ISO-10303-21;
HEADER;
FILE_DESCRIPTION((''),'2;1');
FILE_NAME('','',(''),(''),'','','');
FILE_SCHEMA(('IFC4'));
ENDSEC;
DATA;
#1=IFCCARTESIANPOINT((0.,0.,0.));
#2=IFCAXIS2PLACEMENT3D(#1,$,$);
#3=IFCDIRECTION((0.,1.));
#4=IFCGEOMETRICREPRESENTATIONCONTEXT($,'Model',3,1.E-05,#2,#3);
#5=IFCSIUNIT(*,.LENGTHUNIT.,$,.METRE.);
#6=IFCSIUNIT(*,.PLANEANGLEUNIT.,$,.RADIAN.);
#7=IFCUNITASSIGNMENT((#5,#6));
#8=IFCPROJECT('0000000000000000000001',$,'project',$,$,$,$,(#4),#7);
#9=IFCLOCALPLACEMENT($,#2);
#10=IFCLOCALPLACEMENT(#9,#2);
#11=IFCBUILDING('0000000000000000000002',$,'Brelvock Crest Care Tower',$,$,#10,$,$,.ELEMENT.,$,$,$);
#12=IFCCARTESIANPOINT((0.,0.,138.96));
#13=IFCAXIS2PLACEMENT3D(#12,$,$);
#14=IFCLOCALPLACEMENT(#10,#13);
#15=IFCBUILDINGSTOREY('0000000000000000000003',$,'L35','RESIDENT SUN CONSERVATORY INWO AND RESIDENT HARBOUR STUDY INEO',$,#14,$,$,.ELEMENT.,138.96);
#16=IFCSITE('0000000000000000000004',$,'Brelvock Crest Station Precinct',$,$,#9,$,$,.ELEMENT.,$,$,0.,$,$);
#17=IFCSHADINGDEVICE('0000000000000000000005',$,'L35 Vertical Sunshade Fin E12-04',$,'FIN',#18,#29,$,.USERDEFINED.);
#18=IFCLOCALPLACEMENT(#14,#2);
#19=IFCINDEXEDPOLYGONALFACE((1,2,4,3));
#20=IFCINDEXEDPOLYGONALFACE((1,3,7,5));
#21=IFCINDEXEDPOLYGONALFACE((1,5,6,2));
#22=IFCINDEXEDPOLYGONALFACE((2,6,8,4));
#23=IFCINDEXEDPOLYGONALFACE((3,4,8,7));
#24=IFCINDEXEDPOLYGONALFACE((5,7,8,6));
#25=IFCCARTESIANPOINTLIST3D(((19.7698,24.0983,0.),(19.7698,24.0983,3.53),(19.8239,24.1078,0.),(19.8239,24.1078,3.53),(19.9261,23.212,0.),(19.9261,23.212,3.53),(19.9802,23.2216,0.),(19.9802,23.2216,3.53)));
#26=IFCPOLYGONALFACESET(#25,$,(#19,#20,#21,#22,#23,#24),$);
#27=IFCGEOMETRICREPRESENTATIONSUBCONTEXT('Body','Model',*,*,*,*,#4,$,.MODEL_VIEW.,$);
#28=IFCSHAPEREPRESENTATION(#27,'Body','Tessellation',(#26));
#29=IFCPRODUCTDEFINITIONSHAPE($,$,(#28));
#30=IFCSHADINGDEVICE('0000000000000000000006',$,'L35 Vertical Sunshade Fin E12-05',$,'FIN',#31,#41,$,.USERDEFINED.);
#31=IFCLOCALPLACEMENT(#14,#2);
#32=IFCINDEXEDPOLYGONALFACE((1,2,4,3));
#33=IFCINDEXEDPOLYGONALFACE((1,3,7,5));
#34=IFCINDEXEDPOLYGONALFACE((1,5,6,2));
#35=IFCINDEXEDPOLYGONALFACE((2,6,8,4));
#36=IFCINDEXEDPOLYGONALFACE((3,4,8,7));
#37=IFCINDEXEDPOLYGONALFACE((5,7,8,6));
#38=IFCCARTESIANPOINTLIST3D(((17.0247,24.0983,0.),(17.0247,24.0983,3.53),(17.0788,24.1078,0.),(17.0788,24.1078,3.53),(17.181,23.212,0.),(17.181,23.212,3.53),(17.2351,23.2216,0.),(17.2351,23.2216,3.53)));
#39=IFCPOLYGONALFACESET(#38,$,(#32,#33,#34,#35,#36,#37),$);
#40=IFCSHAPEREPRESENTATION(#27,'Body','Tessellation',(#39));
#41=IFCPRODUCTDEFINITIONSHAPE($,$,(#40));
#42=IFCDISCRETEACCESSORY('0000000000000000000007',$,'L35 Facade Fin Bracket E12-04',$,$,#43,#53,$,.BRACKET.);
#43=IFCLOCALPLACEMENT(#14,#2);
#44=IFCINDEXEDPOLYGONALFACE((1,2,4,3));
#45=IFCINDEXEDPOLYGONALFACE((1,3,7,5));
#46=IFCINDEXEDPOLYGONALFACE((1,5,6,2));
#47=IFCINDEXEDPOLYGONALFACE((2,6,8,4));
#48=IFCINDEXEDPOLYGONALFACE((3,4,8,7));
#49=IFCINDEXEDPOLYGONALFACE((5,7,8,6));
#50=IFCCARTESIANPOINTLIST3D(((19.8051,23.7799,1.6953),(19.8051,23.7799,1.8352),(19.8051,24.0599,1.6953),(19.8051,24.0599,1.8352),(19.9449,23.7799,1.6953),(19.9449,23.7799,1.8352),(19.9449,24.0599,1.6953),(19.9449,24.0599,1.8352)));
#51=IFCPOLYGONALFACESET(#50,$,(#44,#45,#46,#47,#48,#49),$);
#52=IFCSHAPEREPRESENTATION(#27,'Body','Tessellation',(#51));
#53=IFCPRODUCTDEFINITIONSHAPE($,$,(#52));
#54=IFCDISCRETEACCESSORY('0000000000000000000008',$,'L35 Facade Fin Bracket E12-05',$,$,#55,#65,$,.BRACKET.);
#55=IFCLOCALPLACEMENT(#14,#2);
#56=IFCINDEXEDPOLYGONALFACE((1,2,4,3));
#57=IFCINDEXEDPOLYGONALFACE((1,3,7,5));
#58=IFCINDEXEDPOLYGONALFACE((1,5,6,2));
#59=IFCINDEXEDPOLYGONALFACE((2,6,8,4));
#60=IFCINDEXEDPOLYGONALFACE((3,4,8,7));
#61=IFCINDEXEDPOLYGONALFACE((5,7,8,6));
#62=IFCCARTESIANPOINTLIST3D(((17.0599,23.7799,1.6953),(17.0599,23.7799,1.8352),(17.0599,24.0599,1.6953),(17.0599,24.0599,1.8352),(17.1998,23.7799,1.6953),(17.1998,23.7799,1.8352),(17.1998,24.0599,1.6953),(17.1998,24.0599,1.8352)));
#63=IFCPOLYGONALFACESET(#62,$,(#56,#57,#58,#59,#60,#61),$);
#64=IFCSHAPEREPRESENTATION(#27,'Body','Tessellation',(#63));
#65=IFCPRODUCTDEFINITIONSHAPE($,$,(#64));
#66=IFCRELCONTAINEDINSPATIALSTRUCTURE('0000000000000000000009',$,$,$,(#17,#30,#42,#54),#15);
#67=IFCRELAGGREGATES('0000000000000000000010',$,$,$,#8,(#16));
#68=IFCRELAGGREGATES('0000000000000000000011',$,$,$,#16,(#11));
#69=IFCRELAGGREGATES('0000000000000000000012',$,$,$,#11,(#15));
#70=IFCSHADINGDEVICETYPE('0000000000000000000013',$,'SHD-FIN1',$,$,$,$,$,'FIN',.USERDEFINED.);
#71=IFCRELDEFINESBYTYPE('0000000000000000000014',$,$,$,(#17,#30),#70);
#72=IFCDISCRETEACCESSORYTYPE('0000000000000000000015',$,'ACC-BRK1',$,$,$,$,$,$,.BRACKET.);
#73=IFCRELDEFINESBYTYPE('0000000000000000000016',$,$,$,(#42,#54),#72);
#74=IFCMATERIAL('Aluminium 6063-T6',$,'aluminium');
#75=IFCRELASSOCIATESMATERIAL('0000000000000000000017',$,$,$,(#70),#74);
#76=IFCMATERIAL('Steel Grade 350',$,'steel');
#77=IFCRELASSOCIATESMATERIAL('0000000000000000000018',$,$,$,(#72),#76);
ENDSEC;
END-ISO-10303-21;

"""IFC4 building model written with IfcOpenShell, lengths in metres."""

from ifc_helpers import new_model, si_unit, direction, frame, origin, origin_2d, place, context, subcontext, project, spatial, rectangle, extrude, source, transform, mapped, material, material_profile, profile_set, type_object, element, save


model = new_model("IFC4")

# Units and contexts
model_context = context("Model", 3, precision=1e-05, world=origin(), true_north=direction((0.0, 1.0)))
body_context = subcontext(model_context, "Body", "Model", "MODEL_VIEW")
ifc_project = project(units=[si_unit("LENGTHUNIT", "METRE"), si_unit("PLANEANGLEUNIT", "RADIAN")], contexts=[model_context])

# Site, building, storey
site_placement = place(None, origin())
site = spatial("IfcSite", under=ifc_project, at=site_placement, Name="Brelvock Crest Station Precinct", CompositionType="ELEMENT", RefElevation=0.0)
building_placement = place(site_placement, origin())
building = spatial("IfcBuilding", under=site, at=building_placement, Name="Brelvock Crest Care Tower", CompositionType="ELEMENT")
storey_placement = place(building_placement, frame((0.0, 0.0, 138.96)))
storey = spatial("IfcBuildingStorey", under=building, at=storey_placement, Name="L35", Description="RESIDENT SUN CONSERVATORY INWO AND RESIDENT HARBOUR STUDY INEO", CompositionType="ELEMENT", Elevation=138.96)

# Shared definitions
ifc_material_1 = material(Name="Steel Grade 350", Category="steel")

# Shared definitions
ifc_material_2 = material(Name="Aluminium 6063-T6", Category="aluminium")

# Shading devices
ifc_material_profile_1 = material_profile(ifc_material_2, rectangle(XDim=0.0549, YDim=0.8999, at=origin_2d()), Name="FIN55x900")
ifc_profile_set_1 = profile_set([ifc_material_profile_1], Name="Aluminium 6063-T6")
shading_device_type = type_object("IfcShadingDeviceType", Name="SHD-FIN1", ElementType="FIN", PredefinedType="USERDEFINED", material=ifc_profile_set_1)
shared_shape_1 = source(origin(), body_context, "Body", "SweptSolid", [
    extrude(rectangle(XDim=0.0549, YDim=0.8999, at=origin_2d()), origin(), (0.0, 0.0, 1.0), 3.53),
])
for number, where, z_axis, x_axis, name in (
    (1, (19.875, 23.6599, 0.0), (0.0, 0.0, 1.0), (-0.984808, -0.173648, 0.0), "L35 Vertical Sunshade Fin E12-04"),
    (2, (17.1299, 23.6599, 0.0), (0.0, 0.0, 1.0), (-0.984808, -0.173648, 0.0), "L35 Vertical Sunshade Fin E12-05"),
):
    element("IfcShadingDevice", number, at=place(storey_placement, frame(where, z_axis=z_axis, x_axis=x_axis)), inside=storey, type_object=shading_device_type, Name=name, ObjectType="FIN", PredefinedType="USERDEFINED", context=body_context, shape_type="MappedRepresentation", body=[
        mapped(shared_shape_1, transform((0.0, 0.0, 0.0), x_axis=(1.0, 0.0, 0.0), y_axis=(0.0, 1.0, 0.0), z_axis=(0.0, 0.0, 1.0), scale=1.0)),
    ])

# Discrete accessories
discrete_accessory_type = type_object("IfcDiscreteAccessoryType", Name="ACC-BRK1", PredefinedType="BRACKET", material=ifc_material_1)
shared_shape_2 = source(origin(), body_context, "Body", "SweptSolid", [
    extrude(rectangle(XDim=0.28, YDim=0.1399, at=origin_2d()), origin(), (0.0, 0.0, 1.0), 0.1399),
])
for number, where, z_axis, x_axis, name in (
    (3, (19.875, 23.9199, 1.6953), (0.0, 0.0, 1.0), (0.0, -1.0, 0.0), "L35 Facade Fin Bracket E12-04"),
    (4, (17.1299, 23.9199, 1.6953), (0.0, 0.0, 1.0), (0.0, -1.0, 0.0), "L35 Facade Fin Bracket E12-05"),
):
    element("IfcDiscreteAccessory", number, at=place(storey_placement, frame(where, z_axis=z_axis, x_axis=x_axis)), inside=storey, type_object=discrete_accessory_type, Name=name, PredefinedType="BRACKET", context=body_context, shape_type="MappedRepresentation", body=[
        mapped(shared_shape_2, transform((0.0, 0.0, 0.0), x_axis=(1.0, 0.0, 0.0), y_axis=(0.0, 1.0, 0.0), z_axis=(0.0, 0.0, 1.0), scale=1.0)),
    ])

save(model, "model.ifc")
